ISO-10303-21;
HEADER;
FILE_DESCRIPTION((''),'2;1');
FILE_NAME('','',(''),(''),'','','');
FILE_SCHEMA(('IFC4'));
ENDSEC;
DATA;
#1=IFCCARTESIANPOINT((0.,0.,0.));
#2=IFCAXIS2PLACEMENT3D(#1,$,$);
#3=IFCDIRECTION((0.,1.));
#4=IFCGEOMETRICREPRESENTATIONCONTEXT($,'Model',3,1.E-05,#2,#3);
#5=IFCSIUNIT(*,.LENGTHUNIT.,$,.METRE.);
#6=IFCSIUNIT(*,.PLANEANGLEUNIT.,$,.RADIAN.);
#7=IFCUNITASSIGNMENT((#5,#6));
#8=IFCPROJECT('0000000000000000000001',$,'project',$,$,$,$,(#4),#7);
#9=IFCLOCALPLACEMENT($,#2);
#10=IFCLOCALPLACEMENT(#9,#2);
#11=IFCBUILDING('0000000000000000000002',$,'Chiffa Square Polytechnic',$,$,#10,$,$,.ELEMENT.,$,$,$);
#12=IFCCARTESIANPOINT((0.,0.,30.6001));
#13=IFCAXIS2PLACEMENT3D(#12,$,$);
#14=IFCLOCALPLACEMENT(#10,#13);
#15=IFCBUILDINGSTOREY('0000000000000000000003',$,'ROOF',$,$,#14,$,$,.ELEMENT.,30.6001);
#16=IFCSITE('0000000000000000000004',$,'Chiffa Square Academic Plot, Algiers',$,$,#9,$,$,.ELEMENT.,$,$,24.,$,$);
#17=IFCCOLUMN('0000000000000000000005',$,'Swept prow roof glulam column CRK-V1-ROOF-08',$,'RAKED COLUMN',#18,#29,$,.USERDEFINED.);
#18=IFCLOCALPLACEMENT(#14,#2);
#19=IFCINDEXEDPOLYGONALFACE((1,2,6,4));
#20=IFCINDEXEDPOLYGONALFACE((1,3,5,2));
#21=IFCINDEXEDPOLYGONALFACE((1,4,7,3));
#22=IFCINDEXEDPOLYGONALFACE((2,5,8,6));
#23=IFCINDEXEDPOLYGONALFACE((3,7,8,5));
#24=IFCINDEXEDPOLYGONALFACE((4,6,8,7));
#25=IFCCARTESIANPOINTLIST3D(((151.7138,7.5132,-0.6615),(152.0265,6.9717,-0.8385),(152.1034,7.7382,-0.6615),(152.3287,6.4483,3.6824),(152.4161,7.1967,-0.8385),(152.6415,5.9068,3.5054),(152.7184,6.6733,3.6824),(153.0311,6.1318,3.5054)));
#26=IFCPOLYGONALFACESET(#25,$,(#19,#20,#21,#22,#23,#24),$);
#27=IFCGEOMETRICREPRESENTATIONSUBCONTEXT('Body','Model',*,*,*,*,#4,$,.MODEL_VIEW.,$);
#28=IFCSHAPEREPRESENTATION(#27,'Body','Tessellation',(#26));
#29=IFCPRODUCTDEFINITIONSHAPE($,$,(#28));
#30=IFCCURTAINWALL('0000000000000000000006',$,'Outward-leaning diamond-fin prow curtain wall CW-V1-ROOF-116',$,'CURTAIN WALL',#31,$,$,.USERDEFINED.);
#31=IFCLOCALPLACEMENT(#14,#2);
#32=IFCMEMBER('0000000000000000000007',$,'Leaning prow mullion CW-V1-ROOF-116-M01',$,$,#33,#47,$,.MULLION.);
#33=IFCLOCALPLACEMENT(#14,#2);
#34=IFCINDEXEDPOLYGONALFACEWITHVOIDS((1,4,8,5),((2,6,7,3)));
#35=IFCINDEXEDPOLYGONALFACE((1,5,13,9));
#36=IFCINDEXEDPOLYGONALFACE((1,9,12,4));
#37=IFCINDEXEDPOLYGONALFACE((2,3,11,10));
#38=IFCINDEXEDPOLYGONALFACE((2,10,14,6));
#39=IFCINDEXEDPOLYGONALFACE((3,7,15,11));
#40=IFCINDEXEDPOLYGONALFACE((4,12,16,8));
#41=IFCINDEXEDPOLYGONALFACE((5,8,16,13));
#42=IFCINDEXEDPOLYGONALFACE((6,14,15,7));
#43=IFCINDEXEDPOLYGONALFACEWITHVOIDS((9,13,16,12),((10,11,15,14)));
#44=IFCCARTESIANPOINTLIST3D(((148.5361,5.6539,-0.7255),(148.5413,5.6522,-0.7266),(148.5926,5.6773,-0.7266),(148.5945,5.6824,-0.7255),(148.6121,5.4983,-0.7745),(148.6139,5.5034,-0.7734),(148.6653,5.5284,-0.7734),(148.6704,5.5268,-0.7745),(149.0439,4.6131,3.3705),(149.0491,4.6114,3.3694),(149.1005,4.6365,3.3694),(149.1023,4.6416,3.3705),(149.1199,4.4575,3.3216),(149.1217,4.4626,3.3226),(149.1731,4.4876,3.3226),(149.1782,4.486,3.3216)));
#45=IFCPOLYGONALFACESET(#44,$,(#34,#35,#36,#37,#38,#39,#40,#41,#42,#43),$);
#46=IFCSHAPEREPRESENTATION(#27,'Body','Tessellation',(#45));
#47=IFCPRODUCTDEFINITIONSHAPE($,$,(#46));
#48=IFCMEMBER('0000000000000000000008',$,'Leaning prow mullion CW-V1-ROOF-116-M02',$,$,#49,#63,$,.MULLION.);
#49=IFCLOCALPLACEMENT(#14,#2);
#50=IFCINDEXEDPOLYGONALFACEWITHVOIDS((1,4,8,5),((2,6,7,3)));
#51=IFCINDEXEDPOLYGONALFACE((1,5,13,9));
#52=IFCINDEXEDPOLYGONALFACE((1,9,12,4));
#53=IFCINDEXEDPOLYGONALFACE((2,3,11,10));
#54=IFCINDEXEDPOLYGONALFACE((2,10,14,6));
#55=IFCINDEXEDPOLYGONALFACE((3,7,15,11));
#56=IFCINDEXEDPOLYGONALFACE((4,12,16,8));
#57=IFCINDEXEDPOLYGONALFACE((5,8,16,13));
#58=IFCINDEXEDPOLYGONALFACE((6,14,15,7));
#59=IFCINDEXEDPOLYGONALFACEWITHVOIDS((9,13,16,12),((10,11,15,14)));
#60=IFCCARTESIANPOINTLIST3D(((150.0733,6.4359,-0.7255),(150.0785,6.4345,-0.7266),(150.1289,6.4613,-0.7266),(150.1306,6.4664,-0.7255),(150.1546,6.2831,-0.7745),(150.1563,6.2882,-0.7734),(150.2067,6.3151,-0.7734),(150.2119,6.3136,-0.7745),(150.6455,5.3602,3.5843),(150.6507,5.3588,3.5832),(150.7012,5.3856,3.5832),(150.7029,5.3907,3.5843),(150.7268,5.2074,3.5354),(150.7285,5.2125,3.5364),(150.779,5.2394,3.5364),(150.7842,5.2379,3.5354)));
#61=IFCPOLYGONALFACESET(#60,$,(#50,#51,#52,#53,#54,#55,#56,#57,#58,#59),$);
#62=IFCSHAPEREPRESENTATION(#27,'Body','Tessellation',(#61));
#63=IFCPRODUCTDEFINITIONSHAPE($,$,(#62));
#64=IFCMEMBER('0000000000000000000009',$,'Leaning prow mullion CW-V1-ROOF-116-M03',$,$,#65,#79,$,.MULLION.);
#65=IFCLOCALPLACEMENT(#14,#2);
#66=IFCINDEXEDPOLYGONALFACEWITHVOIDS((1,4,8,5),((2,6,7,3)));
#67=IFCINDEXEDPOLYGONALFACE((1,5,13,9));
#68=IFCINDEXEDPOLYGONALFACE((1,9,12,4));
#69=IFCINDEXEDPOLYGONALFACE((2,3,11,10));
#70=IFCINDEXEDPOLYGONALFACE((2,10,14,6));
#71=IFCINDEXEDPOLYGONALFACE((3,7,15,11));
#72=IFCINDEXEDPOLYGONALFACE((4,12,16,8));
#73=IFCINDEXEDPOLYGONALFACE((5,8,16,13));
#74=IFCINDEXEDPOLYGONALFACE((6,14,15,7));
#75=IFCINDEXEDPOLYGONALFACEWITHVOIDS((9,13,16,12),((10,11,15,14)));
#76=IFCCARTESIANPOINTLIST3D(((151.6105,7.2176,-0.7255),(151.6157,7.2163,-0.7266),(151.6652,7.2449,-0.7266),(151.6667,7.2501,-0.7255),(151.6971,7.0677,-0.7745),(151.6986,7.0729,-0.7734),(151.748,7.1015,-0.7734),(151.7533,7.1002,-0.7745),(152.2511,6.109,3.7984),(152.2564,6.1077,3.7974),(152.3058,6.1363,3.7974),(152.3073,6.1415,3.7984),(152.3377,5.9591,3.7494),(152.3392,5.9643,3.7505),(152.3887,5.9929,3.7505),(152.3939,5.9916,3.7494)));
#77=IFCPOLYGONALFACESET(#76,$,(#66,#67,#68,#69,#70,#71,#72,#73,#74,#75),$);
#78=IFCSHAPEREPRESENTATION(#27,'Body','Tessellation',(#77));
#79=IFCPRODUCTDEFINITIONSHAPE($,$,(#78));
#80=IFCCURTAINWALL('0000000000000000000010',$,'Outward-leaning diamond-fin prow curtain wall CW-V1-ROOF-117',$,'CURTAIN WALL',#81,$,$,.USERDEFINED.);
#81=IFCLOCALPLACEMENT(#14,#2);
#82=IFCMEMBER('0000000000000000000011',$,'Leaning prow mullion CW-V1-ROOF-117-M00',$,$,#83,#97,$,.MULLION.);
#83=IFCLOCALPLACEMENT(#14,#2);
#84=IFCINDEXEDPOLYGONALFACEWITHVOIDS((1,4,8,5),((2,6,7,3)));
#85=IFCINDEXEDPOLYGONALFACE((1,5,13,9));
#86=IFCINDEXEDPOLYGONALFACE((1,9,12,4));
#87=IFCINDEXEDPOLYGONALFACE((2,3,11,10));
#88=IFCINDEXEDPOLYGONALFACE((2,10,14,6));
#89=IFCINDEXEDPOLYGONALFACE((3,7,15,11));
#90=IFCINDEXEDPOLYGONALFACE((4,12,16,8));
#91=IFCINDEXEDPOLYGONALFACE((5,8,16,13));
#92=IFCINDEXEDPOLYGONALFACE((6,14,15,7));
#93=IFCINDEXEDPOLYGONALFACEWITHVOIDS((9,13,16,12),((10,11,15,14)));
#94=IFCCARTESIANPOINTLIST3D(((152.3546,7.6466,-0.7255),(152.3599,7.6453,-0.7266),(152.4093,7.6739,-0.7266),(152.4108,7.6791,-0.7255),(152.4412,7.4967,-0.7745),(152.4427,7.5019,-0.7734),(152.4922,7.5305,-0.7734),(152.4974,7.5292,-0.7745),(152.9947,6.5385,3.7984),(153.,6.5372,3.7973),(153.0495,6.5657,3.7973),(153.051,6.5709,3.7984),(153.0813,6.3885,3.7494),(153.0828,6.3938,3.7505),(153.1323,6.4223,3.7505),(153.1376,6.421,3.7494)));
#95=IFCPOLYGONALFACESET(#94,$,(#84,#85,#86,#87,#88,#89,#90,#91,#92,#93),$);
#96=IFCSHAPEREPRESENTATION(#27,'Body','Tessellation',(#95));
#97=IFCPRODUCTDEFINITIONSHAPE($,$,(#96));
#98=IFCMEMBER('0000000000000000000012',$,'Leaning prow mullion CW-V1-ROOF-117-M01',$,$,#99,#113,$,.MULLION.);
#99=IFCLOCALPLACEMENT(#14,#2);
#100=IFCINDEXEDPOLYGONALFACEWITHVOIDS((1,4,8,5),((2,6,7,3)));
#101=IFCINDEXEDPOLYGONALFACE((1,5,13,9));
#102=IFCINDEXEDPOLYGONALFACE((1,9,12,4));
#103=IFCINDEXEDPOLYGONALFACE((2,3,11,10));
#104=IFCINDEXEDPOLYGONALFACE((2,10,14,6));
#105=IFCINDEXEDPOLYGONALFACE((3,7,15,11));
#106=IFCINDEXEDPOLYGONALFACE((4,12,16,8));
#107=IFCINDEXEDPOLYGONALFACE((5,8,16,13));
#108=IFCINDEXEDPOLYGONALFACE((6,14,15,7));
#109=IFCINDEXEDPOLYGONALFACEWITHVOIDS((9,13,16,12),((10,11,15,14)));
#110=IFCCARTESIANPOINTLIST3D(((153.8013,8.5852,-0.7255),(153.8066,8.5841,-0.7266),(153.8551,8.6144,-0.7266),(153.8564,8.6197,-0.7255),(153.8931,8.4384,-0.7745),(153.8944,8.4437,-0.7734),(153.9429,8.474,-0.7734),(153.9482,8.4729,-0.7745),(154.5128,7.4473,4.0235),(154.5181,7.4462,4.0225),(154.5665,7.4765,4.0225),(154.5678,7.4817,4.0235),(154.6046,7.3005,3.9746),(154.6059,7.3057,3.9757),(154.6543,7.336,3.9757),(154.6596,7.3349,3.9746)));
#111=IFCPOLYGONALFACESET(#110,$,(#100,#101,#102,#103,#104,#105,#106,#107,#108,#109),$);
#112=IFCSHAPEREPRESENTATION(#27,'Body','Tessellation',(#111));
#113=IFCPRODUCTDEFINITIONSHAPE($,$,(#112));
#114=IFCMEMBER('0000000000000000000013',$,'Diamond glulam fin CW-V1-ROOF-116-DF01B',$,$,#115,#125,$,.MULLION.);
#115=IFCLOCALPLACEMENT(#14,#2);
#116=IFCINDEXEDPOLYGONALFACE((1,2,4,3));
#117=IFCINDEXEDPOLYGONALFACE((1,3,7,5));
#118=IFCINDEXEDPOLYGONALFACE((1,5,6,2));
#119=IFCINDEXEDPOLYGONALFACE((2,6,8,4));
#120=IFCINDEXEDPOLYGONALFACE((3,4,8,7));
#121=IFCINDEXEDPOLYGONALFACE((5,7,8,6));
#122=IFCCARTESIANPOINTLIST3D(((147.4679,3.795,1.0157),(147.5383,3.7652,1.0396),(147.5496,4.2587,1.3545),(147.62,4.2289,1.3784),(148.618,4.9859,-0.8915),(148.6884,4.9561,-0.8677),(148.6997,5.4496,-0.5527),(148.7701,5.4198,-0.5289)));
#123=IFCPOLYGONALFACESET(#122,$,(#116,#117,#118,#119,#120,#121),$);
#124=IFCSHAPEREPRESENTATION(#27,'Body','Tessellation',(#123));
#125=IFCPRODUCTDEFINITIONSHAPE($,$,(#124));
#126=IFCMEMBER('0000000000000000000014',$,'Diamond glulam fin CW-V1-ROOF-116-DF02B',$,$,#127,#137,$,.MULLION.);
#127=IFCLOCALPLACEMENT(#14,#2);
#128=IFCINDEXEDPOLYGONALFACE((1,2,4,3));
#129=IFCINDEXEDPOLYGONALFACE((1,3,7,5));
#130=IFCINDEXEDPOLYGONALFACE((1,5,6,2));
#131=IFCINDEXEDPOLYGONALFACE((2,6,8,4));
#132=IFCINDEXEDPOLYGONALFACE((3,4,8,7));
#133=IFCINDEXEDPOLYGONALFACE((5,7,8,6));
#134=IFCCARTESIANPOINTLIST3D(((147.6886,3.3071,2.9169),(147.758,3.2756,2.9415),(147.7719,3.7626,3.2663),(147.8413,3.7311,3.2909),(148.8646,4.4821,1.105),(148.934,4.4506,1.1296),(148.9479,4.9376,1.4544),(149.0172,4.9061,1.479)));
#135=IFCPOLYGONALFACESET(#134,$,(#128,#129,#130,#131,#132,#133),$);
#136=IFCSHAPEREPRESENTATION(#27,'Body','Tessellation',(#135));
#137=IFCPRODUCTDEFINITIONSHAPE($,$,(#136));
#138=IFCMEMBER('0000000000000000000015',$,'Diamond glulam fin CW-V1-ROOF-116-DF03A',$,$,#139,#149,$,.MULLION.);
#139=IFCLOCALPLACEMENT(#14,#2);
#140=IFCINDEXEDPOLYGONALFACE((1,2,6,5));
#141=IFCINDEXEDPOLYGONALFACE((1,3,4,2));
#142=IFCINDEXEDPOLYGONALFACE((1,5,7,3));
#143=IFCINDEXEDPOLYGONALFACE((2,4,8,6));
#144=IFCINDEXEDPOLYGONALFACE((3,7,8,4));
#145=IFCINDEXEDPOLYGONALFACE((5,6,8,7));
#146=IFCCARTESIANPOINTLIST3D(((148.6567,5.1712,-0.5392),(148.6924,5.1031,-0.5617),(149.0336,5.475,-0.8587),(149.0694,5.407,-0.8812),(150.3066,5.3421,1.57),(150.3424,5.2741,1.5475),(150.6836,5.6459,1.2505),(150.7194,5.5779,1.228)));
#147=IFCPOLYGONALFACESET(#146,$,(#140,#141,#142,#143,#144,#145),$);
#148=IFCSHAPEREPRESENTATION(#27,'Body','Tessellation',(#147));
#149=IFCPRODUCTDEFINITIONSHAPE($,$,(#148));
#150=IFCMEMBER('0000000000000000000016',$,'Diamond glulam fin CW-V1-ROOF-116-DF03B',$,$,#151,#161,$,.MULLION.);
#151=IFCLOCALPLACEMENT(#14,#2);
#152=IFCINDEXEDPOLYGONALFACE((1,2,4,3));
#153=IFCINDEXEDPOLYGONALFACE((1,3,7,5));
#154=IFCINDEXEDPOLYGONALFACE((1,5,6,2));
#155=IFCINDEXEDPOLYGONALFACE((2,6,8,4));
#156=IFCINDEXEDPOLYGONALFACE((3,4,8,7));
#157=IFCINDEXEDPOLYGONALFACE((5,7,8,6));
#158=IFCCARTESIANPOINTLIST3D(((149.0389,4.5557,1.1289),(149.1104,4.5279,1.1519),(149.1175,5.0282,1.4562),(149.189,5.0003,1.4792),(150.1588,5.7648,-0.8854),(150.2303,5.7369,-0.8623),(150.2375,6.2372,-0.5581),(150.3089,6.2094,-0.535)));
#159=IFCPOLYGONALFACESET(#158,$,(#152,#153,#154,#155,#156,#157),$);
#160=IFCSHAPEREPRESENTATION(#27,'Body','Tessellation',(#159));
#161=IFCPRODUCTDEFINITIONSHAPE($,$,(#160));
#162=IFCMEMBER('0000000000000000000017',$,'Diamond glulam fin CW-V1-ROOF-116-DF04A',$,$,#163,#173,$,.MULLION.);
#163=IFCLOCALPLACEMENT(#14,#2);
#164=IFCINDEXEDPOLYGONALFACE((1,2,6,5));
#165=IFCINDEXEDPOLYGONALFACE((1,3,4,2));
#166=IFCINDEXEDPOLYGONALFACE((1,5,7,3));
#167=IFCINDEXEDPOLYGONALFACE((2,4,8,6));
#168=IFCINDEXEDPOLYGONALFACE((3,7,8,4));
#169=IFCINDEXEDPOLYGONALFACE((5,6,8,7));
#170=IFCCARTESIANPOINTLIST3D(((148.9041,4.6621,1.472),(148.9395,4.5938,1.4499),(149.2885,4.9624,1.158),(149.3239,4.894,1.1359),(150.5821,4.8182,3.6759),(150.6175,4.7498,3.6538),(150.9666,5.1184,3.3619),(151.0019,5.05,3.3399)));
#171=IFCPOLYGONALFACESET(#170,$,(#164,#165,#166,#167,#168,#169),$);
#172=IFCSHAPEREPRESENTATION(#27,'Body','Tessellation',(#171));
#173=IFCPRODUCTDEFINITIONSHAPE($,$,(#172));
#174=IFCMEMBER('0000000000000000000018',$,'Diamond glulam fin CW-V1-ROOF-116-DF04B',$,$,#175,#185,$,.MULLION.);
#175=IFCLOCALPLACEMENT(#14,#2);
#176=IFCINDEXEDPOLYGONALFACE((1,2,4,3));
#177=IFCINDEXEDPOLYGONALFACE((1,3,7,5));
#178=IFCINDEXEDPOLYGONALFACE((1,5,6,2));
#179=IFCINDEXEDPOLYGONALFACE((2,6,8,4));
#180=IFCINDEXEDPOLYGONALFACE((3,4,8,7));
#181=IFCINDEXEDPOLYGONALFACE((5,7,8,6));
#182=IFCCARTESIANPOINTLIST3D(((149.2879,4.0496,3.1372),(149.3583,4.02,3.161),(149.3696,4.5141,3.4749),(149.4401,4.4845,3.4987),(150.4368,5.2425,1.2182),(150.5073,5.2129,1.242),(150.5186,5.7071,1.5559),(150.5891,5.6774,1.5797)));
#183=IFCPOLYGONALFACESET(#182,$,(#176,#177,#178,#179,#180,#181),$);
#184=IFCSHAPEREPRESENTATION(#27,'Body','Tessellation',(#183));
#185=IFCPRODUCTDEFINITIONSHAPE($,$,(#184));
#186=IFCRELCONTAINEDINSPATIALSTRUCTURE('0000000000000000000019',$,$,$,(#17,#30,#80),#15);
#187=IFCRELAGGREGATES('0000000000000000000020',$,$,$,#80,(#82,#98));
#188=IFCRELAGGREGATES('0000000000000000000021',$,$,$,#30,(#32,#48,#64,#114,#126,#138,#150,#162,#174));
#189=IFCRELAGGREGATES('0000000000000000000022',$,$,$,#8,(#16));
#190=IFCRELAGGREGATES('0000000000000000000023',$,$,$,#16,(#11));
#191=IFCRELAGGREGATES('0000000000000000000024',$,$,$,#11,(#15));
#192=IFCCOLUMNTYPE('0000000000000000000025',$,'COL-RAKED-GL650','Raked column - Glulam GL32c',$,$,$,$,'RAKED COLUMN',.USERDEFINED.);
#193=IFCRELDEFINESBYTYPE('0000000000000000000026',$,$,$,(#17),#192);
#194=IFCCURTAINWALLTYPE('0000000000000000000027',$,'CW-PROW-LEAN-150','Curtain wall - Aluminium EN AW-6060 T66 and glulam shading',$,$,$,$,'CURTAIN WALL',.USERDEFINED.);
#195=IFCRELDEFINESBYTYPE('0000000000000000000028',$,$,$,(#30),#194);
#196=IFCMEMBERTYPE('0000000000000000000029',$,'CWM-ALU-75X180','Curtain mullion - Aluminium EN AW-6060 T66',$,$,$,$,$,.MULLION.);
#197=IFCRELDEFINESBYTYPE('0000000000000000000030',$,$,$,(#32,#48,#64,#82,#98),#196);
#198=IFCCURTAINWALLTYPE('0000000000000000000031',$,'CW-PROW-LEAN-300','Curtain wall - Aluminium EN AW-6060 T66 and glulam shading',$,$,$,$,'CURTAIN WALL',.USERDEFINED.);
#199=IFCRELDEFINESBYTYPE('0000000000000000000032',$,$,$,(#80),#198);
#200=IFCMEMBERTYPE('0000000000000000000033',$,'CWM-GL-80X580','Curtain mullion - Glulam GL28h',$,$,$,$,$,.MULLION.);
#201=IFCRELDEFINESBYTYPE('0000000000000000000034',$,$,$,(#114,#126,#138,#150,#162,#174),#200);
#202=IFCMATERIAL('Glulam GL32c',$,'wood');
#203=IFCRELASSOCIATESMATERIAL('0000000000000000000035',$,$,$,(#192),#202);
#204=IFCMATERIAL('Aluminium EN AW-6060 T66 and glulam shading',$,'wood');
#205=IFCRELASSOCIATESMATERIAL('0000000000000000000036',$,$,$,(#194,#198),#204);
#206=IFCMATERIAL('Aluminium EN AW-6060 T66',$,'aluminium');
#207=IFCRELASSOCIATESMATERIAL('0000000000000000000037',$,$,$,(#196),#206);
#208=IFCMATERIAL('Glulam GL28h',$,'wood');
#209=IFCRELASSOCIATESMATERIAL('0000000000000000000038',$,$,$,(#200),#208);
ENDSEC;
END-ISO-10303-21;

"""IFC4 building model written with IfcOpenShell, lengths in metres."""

from ifc_helpers import new_model, si_unit, direction, frame, origin, origin_2d, place, context, subcontext, project, spatial, rectangle, hollow_rectangle, extrude, material, material_profile, profile_set, type_object, element, aggregate, save


model = new_model("IFC4")

# Units and contexts
model_context = context("Model", 3, precision=1e-05, world=origin(), true_north=direction((0.0, 1.0)))
body_context = subcontext(model_context, "Body", "Model", "MODEL_VIEW")
ifc_project = project(units=[si_unit("LENGTHUNIT", "METRE"), si_unit("PLANEANGLEUNIT", "RADIAN")], contexts=[model_context])

# Site, building, storey
site_placement = place(None, origin())
site = spatial("IfcSite", under=ifc_project, at=site_placement, Name="Chiffa Square Academic Plot, Algiers", CompositionType="ELEMENT", RefElevation=24.0)
building_placement = place(site_placement, origin())
building = spatial("IfcBuilding", under=site, at=building_placement, Name="Chiffa Square Polytechnic", CompositionType="ELEMENT")
storey_placement = place(building_placement, frame((0.0, 0.0, 30.6001)))
storey = spatial("IfcBuildingStorey", under=building, at=storey_placement, Name="ROOF", CompositionType="ELEMENT", Elevation=30.6001)

# Column
ifc_material_1 = material(Name="Glulam GL32c", Category="wood")
ifc_material_profile_1 = material_profile(ifc_material_1, rectangle(XDim=0.45, YDim=0.6499, at=origin_2d()), Name="GL32c 450x650")
ifc_profile_set_1 = profile_set([ifc_material_profile_1], Name="Glulam GL32c")
column_type = type_object("IfcColumnType", Name="COL-RAKED-GL650", Description="Raked column - Glulam GL32c", ElementType="RAKED COLUMN", PredefinedType="USERDEFINED", material=ifc_profile_set_1)
column_placement = place(storey_placement, frame((152.0649, 7.355, -0.75), z_axis=(0.136219, -0.235883, 0.962187), x_axis=(0.865974, 0.500089, 0.0)))
element("IfcColumn", 1, at=column_placement, inside=storey, type_object=column_type, Name="Swept prow roof glulam column CRK-V1-ROOF-08", ObjectType="RAKED COLUMN", PredefinedType="USERDEFINED", context=body_context, shape_type="SweptSolid", body=[
    extrude(rectangle(XDim=0.45, YDim=0.6499, at=origin_2d()), origin(), (0.0, 0.0, 1.0), 4.5146),
])

# Curtain walls, members
ifc_material_2 = material(Name="Aluminium EN AW-6060 T66 and glulam shading", Category="wood")
curtain_wall_type_1 = type_object("IfcCurtainWallType", Name="CW-PROW-LEAN-150", Description="Curtain wall - Aluminium EN AW-6060 T66 and glulam shading", ElementType="CURTAIN WALL", PredefinedType="USERDEFINED", material=ifc_material_2)
curtain_wall_1_placement = place(storey_placement, origin())
curtain_wall_1 = element("IfcCurtainWall", 2, at=curtain_wall_1_placement, inside=storey, type_object=curtain_wall_type_1, Name="Outward-leaning diamond-fin prow curtain wall CW-V1-ROOF-116", ObjectType="CURTAIN WALL", PredefinedType="USERDEFINED")
ifc_material_3 = material(Name="Aluminium EN AW-6060 T66", Category="aluminium")
ifc_material_profile_2 = material_profile(ifc_material_3, hollow_rectangle(XDim=0.0649, YDim=0.1799, WallThickness=0.0039, at=origin_2d()), Name="ALU 65x180x4")
ifc_profile_set_2 = profile_set([ifc_material_profile_2], Name="Aluminium EN AW-6060 T66")
member_type_1 = type_object("IfcMemberType", Name="CWM-ALU-75X180", Description="Curtain mullion - Aluminium EN AW-6060 T66", PredefinedType="MULLION", material=ifc_profile_set_2)
member_1_placement = place(storey_placement, frame((148.6033, 5.5903, -0.75), z_axis=(0.119303, -0.244513, 0.962279), x_axis=(0.898728, 0.438507, 0.0)))
member_1 = element("IfcMember", 3, at=member_1_placement, type_object=member_type_1, Name="Leaning prow mullion CW-V1-ROOF-116-M01", PredefinedType="MULLION", context=body_context, shape_type="SweptSolid", body=[
    extrude(hollow_rectangle(XDim=0.0649, YDim=0.1799, WallThickness=0.0039, at=origin_2d()), origin(), (0.0, 0.0, 1.0), 4.2566),
])
member_2_placement = place(storey_placement, frame((150.1426, 6.3748, -0.75), z_axis=(0.127774, -0.240176, 0.962283), x_axis=(0.882841, 0.469673, 0.0)))
member_2 = element("IfcMember", 4, at=member_2_placement, type_object=member_type_1, Name="Leaning prow mullion CW-V1-ROOF-116-M02", PredefinedType="MULLION", context=body_context, shape_type="SweptSolid", body=[
    extrude(hollow_rectangle(XDim=0.0649, YDim=0.1799, WallThickness=0.0039, at=origin_2d()), origin(), (0.0, 0.0, 1.0), 4.4788),
])
member_3_placement = place(storey_placement, frame((151.6819, 7.1589, -0.75), z_axis=(0.136256, -0.235799, 0.962202), x_axis=(0.865839, 0.500322, 0.0)))
member_3 = element("IfcMember", 5, at=member_3_placement, type_object=member_type_1, Name="Leaning prow mullion CW-V1-ROOF-116-M03", PredefinedType="MULLION", context=body_context, shape_type="SweptSolid", body=[
    extrude(hollow_rectangle(XDim=0.0649, YDim=0.1799, WallThickness=0.0039, at=origin_2d()), origin(), (0.0, 0.0, 1.0), 4.7017),
])
curtain_wall_type_2 = type_object("IfcCurtainWallType", Name="CW-PROW-LEAN-300", Description="Curtain wall - Aluminium EN AW-6060 T66 and glulam shading", ElementType="CURTAIN WALL", PredefinedType="USERDEFINED", material=ifc_material_2)
curtain_wall_2_placement = place(storey_placement, origin())
curtain_wall_2 = element("IfcCurtainWall", 6, at=curtain_wall_2_placement, inside=storey, type_object=curtain_wall_type_2, Name="Outward-leaning diamond-fin prow curtain wall CW-V1-ROOF-117", ObjectType="CURTAIN WALL", PredefinedType="USERDEFINED")
member_4_placement = place(storey_placement, frame((152.426, 7.5879, -0.75), z_axis=(0.136157, -0.235705, 0.962239), x_axis=(0.865909, 0.500201, 0.0)))
member_4 = element("IfcMember", 7, at=member_4_placement, type_object=member_type_1, Name="Leaning prow mullion CW-V1-ROOF-117-M00", PredefinedType="MULLION", context=body_context, shape_type="SweptSolid", body=[
    extrude(hollow_rectangle(XDim=0.0649, YDim=0.1799, WallThickness=0.0039, at=origin_2d()), origin(), (0.0, 0.0, 1.0), 4.7014),
])
member_5_placement = place(storey_placement, frame((153.8748, 8.5291, -0.75), z_axis=(0.144159, -0.230585, 0.962314), x_axis=(0.847927, 0.530113, 0.0)))
member_5 = element("IfcMember", 8, at=member_5_placement, type_object=member_type_1, Name="Leaning prow mullion CW-V1-ROOF-117-M01", PredefinedType="MULLION", context=body_context, shape_type="SweptSolid", body=[
    extrude(hollow_rectangle(XDim=0.0649, YDim=0.1799, WallThickness=0.0039, at=origin_2d()), origin(), (0.0, 0.0, 1.0), 4.9351),
])

# Members
ifc_material_4 = material(Name="Glulam GL28h", Category="wood")
ifc_material_profile_3 = material_profile(ifc_material_4, rectangle(XDim=0.0801, YDim=0.5801, at=origin_2d()), Name="GL28h 80x580")
ifc_profile_set_3 = profile_set([ifc_material_profile_3], Name="Glulam GL28h")
member_type_2 = type_object("IfcMemberType", Name="CWM-GL-80X580", Description="Curtain mullion - Glulam GL28h", PredefinedType="MULLION", material=ifc_profile_set_3)
member_6_placement = place(storey_placement, frame((148.6941, 5.2029, -0.7102), z_axis=(-0.455396, -0.471539, 0.755159), x_axis=(0.879075, -0.372365, 0.29761)))
member_6 = element("IfcMember", 9, at=member_6_placement, type_object=member_type_2, Name="Diamond glulam fin CW-V1-ROOF-116-DF01B", PredefinedType="MULLION", context=body_context, shape_type="SweptSolid", body=[
    extrude(rectangle(XDim=0.0801, YDim=0.5801, at=origin_2d()), origin(), (0.0, 0.0, 1.0), 2.5256),
])
member_7_placement = place(storey_placement, frame((148.9409, 4.6941, 1.292), z_axis=(-0.478234, -0.477837, 0.73686), x_axis=(0.86642, -0.39385, 0.306918)))
member_7 = element("IfcMember", 10, at=member_7_placement, type_object=member_type_2, Name="Diamond glulam fin CW-V1-ROOF-116-DF02B", PredefinedType="MULLION", context=body_context, shape_type="SweptSolid", body=[
    extrude(rectangle(XDim=0.0801, YDim=0.5801, at=origin_2d()), origin(), (0.0, 0.0, 1.0), 2.459),
])
member_8_placement = place(storey_placement, frame((148.863, 5.2891, -0.7102), z_axis=(0.61489, 0.063691, 0.786037), x_axis=(-0.446754, 0.849498, 0.280648)))
member_8 = element("IfcMember", 11, at=member_8_placement, type_object=member_type_2, Name="Diamond glulam fin CW-V1-ROOF-116-DF03A", PredefinedType="MULLION", context=body_context, shape_type="SweptSolid", body=[
    extrude(rectangle(XDim=0.0801, YDim=0.5801, at=origin_2d()), origin(), (0.0, 0.0, 1.0), 2.6833),
])
member_9_placement = place(storey_placement, frame((150.2339, 5.9871, -0.7102), z_axis=(-0.43032, -0.464561, 0.773956), x_axis=(0.89244, -0.347713, 0.287485)))
member_9 = element("IfcMember", 12, at=member_9_placement, type_object=member_type_2, Name="Diamond glulam fin CW-V1-ROOF-116-DF03B", PredefinedType="MULLION", context=body_context, shape_type="SweptSolid", body=[
    extrude(rectangle(XDim=0.0801, YDim=0.5801, at=origin_2d()), origin(), (0.0, 0.0, 1.0), 2.6025),
])
member_10_placement = place(storey_placement, frame((149.114, 4.7781, 1.304), z_axis=(0.604822, 0.056232, 0.794373), x_axis=(-0.441573, 0.853795, 0.275768)))
member_10 = element("IfcMember", 13, at=member_10_placement, type_object=member_type_2, Name="Diamond glulam fin CW-V1-ROOF-116-DF04A", PredefinedType="MULLION", context=body_context, shape_type="SweptSolid", body=[
    extrude(rectangle(XDim=0.0801, YDim=0.5801, at=origin_2d()), origin(), (0.0, 0.0, 1.0), 2.7744),
])
member_11_placement = place(storey_placement, frame((150.5129, 5.46, 1.3989), z_axis=(-0.453257, -0.470594, 0.757034), x_axis=(0.880167, -0.370565, 0.296627)))
member_11 = element("IfcMember", 14, at=member_11_placement, type_object=member_type_2, Name="Diamond glulam fin CW-V1-ROOF-116-DF04B", PredefinedType="MULLION", context=body_context, shape_type="SweptSolid", body=[
    extrude(rectangle(XDim=0.0801, YDim=0.5801, at=origin_2d()), origin(), (0.0, 0.0, 1.0), 2.5349),
])

aggregate(curtain_wall_2, [member_4, member_5])
aggregate(curtain_wall_1, [member_1, member_2, member_3, member_6, member_7, member_8, member_9, member_10, member_11])

save(model, "model.ifc")
